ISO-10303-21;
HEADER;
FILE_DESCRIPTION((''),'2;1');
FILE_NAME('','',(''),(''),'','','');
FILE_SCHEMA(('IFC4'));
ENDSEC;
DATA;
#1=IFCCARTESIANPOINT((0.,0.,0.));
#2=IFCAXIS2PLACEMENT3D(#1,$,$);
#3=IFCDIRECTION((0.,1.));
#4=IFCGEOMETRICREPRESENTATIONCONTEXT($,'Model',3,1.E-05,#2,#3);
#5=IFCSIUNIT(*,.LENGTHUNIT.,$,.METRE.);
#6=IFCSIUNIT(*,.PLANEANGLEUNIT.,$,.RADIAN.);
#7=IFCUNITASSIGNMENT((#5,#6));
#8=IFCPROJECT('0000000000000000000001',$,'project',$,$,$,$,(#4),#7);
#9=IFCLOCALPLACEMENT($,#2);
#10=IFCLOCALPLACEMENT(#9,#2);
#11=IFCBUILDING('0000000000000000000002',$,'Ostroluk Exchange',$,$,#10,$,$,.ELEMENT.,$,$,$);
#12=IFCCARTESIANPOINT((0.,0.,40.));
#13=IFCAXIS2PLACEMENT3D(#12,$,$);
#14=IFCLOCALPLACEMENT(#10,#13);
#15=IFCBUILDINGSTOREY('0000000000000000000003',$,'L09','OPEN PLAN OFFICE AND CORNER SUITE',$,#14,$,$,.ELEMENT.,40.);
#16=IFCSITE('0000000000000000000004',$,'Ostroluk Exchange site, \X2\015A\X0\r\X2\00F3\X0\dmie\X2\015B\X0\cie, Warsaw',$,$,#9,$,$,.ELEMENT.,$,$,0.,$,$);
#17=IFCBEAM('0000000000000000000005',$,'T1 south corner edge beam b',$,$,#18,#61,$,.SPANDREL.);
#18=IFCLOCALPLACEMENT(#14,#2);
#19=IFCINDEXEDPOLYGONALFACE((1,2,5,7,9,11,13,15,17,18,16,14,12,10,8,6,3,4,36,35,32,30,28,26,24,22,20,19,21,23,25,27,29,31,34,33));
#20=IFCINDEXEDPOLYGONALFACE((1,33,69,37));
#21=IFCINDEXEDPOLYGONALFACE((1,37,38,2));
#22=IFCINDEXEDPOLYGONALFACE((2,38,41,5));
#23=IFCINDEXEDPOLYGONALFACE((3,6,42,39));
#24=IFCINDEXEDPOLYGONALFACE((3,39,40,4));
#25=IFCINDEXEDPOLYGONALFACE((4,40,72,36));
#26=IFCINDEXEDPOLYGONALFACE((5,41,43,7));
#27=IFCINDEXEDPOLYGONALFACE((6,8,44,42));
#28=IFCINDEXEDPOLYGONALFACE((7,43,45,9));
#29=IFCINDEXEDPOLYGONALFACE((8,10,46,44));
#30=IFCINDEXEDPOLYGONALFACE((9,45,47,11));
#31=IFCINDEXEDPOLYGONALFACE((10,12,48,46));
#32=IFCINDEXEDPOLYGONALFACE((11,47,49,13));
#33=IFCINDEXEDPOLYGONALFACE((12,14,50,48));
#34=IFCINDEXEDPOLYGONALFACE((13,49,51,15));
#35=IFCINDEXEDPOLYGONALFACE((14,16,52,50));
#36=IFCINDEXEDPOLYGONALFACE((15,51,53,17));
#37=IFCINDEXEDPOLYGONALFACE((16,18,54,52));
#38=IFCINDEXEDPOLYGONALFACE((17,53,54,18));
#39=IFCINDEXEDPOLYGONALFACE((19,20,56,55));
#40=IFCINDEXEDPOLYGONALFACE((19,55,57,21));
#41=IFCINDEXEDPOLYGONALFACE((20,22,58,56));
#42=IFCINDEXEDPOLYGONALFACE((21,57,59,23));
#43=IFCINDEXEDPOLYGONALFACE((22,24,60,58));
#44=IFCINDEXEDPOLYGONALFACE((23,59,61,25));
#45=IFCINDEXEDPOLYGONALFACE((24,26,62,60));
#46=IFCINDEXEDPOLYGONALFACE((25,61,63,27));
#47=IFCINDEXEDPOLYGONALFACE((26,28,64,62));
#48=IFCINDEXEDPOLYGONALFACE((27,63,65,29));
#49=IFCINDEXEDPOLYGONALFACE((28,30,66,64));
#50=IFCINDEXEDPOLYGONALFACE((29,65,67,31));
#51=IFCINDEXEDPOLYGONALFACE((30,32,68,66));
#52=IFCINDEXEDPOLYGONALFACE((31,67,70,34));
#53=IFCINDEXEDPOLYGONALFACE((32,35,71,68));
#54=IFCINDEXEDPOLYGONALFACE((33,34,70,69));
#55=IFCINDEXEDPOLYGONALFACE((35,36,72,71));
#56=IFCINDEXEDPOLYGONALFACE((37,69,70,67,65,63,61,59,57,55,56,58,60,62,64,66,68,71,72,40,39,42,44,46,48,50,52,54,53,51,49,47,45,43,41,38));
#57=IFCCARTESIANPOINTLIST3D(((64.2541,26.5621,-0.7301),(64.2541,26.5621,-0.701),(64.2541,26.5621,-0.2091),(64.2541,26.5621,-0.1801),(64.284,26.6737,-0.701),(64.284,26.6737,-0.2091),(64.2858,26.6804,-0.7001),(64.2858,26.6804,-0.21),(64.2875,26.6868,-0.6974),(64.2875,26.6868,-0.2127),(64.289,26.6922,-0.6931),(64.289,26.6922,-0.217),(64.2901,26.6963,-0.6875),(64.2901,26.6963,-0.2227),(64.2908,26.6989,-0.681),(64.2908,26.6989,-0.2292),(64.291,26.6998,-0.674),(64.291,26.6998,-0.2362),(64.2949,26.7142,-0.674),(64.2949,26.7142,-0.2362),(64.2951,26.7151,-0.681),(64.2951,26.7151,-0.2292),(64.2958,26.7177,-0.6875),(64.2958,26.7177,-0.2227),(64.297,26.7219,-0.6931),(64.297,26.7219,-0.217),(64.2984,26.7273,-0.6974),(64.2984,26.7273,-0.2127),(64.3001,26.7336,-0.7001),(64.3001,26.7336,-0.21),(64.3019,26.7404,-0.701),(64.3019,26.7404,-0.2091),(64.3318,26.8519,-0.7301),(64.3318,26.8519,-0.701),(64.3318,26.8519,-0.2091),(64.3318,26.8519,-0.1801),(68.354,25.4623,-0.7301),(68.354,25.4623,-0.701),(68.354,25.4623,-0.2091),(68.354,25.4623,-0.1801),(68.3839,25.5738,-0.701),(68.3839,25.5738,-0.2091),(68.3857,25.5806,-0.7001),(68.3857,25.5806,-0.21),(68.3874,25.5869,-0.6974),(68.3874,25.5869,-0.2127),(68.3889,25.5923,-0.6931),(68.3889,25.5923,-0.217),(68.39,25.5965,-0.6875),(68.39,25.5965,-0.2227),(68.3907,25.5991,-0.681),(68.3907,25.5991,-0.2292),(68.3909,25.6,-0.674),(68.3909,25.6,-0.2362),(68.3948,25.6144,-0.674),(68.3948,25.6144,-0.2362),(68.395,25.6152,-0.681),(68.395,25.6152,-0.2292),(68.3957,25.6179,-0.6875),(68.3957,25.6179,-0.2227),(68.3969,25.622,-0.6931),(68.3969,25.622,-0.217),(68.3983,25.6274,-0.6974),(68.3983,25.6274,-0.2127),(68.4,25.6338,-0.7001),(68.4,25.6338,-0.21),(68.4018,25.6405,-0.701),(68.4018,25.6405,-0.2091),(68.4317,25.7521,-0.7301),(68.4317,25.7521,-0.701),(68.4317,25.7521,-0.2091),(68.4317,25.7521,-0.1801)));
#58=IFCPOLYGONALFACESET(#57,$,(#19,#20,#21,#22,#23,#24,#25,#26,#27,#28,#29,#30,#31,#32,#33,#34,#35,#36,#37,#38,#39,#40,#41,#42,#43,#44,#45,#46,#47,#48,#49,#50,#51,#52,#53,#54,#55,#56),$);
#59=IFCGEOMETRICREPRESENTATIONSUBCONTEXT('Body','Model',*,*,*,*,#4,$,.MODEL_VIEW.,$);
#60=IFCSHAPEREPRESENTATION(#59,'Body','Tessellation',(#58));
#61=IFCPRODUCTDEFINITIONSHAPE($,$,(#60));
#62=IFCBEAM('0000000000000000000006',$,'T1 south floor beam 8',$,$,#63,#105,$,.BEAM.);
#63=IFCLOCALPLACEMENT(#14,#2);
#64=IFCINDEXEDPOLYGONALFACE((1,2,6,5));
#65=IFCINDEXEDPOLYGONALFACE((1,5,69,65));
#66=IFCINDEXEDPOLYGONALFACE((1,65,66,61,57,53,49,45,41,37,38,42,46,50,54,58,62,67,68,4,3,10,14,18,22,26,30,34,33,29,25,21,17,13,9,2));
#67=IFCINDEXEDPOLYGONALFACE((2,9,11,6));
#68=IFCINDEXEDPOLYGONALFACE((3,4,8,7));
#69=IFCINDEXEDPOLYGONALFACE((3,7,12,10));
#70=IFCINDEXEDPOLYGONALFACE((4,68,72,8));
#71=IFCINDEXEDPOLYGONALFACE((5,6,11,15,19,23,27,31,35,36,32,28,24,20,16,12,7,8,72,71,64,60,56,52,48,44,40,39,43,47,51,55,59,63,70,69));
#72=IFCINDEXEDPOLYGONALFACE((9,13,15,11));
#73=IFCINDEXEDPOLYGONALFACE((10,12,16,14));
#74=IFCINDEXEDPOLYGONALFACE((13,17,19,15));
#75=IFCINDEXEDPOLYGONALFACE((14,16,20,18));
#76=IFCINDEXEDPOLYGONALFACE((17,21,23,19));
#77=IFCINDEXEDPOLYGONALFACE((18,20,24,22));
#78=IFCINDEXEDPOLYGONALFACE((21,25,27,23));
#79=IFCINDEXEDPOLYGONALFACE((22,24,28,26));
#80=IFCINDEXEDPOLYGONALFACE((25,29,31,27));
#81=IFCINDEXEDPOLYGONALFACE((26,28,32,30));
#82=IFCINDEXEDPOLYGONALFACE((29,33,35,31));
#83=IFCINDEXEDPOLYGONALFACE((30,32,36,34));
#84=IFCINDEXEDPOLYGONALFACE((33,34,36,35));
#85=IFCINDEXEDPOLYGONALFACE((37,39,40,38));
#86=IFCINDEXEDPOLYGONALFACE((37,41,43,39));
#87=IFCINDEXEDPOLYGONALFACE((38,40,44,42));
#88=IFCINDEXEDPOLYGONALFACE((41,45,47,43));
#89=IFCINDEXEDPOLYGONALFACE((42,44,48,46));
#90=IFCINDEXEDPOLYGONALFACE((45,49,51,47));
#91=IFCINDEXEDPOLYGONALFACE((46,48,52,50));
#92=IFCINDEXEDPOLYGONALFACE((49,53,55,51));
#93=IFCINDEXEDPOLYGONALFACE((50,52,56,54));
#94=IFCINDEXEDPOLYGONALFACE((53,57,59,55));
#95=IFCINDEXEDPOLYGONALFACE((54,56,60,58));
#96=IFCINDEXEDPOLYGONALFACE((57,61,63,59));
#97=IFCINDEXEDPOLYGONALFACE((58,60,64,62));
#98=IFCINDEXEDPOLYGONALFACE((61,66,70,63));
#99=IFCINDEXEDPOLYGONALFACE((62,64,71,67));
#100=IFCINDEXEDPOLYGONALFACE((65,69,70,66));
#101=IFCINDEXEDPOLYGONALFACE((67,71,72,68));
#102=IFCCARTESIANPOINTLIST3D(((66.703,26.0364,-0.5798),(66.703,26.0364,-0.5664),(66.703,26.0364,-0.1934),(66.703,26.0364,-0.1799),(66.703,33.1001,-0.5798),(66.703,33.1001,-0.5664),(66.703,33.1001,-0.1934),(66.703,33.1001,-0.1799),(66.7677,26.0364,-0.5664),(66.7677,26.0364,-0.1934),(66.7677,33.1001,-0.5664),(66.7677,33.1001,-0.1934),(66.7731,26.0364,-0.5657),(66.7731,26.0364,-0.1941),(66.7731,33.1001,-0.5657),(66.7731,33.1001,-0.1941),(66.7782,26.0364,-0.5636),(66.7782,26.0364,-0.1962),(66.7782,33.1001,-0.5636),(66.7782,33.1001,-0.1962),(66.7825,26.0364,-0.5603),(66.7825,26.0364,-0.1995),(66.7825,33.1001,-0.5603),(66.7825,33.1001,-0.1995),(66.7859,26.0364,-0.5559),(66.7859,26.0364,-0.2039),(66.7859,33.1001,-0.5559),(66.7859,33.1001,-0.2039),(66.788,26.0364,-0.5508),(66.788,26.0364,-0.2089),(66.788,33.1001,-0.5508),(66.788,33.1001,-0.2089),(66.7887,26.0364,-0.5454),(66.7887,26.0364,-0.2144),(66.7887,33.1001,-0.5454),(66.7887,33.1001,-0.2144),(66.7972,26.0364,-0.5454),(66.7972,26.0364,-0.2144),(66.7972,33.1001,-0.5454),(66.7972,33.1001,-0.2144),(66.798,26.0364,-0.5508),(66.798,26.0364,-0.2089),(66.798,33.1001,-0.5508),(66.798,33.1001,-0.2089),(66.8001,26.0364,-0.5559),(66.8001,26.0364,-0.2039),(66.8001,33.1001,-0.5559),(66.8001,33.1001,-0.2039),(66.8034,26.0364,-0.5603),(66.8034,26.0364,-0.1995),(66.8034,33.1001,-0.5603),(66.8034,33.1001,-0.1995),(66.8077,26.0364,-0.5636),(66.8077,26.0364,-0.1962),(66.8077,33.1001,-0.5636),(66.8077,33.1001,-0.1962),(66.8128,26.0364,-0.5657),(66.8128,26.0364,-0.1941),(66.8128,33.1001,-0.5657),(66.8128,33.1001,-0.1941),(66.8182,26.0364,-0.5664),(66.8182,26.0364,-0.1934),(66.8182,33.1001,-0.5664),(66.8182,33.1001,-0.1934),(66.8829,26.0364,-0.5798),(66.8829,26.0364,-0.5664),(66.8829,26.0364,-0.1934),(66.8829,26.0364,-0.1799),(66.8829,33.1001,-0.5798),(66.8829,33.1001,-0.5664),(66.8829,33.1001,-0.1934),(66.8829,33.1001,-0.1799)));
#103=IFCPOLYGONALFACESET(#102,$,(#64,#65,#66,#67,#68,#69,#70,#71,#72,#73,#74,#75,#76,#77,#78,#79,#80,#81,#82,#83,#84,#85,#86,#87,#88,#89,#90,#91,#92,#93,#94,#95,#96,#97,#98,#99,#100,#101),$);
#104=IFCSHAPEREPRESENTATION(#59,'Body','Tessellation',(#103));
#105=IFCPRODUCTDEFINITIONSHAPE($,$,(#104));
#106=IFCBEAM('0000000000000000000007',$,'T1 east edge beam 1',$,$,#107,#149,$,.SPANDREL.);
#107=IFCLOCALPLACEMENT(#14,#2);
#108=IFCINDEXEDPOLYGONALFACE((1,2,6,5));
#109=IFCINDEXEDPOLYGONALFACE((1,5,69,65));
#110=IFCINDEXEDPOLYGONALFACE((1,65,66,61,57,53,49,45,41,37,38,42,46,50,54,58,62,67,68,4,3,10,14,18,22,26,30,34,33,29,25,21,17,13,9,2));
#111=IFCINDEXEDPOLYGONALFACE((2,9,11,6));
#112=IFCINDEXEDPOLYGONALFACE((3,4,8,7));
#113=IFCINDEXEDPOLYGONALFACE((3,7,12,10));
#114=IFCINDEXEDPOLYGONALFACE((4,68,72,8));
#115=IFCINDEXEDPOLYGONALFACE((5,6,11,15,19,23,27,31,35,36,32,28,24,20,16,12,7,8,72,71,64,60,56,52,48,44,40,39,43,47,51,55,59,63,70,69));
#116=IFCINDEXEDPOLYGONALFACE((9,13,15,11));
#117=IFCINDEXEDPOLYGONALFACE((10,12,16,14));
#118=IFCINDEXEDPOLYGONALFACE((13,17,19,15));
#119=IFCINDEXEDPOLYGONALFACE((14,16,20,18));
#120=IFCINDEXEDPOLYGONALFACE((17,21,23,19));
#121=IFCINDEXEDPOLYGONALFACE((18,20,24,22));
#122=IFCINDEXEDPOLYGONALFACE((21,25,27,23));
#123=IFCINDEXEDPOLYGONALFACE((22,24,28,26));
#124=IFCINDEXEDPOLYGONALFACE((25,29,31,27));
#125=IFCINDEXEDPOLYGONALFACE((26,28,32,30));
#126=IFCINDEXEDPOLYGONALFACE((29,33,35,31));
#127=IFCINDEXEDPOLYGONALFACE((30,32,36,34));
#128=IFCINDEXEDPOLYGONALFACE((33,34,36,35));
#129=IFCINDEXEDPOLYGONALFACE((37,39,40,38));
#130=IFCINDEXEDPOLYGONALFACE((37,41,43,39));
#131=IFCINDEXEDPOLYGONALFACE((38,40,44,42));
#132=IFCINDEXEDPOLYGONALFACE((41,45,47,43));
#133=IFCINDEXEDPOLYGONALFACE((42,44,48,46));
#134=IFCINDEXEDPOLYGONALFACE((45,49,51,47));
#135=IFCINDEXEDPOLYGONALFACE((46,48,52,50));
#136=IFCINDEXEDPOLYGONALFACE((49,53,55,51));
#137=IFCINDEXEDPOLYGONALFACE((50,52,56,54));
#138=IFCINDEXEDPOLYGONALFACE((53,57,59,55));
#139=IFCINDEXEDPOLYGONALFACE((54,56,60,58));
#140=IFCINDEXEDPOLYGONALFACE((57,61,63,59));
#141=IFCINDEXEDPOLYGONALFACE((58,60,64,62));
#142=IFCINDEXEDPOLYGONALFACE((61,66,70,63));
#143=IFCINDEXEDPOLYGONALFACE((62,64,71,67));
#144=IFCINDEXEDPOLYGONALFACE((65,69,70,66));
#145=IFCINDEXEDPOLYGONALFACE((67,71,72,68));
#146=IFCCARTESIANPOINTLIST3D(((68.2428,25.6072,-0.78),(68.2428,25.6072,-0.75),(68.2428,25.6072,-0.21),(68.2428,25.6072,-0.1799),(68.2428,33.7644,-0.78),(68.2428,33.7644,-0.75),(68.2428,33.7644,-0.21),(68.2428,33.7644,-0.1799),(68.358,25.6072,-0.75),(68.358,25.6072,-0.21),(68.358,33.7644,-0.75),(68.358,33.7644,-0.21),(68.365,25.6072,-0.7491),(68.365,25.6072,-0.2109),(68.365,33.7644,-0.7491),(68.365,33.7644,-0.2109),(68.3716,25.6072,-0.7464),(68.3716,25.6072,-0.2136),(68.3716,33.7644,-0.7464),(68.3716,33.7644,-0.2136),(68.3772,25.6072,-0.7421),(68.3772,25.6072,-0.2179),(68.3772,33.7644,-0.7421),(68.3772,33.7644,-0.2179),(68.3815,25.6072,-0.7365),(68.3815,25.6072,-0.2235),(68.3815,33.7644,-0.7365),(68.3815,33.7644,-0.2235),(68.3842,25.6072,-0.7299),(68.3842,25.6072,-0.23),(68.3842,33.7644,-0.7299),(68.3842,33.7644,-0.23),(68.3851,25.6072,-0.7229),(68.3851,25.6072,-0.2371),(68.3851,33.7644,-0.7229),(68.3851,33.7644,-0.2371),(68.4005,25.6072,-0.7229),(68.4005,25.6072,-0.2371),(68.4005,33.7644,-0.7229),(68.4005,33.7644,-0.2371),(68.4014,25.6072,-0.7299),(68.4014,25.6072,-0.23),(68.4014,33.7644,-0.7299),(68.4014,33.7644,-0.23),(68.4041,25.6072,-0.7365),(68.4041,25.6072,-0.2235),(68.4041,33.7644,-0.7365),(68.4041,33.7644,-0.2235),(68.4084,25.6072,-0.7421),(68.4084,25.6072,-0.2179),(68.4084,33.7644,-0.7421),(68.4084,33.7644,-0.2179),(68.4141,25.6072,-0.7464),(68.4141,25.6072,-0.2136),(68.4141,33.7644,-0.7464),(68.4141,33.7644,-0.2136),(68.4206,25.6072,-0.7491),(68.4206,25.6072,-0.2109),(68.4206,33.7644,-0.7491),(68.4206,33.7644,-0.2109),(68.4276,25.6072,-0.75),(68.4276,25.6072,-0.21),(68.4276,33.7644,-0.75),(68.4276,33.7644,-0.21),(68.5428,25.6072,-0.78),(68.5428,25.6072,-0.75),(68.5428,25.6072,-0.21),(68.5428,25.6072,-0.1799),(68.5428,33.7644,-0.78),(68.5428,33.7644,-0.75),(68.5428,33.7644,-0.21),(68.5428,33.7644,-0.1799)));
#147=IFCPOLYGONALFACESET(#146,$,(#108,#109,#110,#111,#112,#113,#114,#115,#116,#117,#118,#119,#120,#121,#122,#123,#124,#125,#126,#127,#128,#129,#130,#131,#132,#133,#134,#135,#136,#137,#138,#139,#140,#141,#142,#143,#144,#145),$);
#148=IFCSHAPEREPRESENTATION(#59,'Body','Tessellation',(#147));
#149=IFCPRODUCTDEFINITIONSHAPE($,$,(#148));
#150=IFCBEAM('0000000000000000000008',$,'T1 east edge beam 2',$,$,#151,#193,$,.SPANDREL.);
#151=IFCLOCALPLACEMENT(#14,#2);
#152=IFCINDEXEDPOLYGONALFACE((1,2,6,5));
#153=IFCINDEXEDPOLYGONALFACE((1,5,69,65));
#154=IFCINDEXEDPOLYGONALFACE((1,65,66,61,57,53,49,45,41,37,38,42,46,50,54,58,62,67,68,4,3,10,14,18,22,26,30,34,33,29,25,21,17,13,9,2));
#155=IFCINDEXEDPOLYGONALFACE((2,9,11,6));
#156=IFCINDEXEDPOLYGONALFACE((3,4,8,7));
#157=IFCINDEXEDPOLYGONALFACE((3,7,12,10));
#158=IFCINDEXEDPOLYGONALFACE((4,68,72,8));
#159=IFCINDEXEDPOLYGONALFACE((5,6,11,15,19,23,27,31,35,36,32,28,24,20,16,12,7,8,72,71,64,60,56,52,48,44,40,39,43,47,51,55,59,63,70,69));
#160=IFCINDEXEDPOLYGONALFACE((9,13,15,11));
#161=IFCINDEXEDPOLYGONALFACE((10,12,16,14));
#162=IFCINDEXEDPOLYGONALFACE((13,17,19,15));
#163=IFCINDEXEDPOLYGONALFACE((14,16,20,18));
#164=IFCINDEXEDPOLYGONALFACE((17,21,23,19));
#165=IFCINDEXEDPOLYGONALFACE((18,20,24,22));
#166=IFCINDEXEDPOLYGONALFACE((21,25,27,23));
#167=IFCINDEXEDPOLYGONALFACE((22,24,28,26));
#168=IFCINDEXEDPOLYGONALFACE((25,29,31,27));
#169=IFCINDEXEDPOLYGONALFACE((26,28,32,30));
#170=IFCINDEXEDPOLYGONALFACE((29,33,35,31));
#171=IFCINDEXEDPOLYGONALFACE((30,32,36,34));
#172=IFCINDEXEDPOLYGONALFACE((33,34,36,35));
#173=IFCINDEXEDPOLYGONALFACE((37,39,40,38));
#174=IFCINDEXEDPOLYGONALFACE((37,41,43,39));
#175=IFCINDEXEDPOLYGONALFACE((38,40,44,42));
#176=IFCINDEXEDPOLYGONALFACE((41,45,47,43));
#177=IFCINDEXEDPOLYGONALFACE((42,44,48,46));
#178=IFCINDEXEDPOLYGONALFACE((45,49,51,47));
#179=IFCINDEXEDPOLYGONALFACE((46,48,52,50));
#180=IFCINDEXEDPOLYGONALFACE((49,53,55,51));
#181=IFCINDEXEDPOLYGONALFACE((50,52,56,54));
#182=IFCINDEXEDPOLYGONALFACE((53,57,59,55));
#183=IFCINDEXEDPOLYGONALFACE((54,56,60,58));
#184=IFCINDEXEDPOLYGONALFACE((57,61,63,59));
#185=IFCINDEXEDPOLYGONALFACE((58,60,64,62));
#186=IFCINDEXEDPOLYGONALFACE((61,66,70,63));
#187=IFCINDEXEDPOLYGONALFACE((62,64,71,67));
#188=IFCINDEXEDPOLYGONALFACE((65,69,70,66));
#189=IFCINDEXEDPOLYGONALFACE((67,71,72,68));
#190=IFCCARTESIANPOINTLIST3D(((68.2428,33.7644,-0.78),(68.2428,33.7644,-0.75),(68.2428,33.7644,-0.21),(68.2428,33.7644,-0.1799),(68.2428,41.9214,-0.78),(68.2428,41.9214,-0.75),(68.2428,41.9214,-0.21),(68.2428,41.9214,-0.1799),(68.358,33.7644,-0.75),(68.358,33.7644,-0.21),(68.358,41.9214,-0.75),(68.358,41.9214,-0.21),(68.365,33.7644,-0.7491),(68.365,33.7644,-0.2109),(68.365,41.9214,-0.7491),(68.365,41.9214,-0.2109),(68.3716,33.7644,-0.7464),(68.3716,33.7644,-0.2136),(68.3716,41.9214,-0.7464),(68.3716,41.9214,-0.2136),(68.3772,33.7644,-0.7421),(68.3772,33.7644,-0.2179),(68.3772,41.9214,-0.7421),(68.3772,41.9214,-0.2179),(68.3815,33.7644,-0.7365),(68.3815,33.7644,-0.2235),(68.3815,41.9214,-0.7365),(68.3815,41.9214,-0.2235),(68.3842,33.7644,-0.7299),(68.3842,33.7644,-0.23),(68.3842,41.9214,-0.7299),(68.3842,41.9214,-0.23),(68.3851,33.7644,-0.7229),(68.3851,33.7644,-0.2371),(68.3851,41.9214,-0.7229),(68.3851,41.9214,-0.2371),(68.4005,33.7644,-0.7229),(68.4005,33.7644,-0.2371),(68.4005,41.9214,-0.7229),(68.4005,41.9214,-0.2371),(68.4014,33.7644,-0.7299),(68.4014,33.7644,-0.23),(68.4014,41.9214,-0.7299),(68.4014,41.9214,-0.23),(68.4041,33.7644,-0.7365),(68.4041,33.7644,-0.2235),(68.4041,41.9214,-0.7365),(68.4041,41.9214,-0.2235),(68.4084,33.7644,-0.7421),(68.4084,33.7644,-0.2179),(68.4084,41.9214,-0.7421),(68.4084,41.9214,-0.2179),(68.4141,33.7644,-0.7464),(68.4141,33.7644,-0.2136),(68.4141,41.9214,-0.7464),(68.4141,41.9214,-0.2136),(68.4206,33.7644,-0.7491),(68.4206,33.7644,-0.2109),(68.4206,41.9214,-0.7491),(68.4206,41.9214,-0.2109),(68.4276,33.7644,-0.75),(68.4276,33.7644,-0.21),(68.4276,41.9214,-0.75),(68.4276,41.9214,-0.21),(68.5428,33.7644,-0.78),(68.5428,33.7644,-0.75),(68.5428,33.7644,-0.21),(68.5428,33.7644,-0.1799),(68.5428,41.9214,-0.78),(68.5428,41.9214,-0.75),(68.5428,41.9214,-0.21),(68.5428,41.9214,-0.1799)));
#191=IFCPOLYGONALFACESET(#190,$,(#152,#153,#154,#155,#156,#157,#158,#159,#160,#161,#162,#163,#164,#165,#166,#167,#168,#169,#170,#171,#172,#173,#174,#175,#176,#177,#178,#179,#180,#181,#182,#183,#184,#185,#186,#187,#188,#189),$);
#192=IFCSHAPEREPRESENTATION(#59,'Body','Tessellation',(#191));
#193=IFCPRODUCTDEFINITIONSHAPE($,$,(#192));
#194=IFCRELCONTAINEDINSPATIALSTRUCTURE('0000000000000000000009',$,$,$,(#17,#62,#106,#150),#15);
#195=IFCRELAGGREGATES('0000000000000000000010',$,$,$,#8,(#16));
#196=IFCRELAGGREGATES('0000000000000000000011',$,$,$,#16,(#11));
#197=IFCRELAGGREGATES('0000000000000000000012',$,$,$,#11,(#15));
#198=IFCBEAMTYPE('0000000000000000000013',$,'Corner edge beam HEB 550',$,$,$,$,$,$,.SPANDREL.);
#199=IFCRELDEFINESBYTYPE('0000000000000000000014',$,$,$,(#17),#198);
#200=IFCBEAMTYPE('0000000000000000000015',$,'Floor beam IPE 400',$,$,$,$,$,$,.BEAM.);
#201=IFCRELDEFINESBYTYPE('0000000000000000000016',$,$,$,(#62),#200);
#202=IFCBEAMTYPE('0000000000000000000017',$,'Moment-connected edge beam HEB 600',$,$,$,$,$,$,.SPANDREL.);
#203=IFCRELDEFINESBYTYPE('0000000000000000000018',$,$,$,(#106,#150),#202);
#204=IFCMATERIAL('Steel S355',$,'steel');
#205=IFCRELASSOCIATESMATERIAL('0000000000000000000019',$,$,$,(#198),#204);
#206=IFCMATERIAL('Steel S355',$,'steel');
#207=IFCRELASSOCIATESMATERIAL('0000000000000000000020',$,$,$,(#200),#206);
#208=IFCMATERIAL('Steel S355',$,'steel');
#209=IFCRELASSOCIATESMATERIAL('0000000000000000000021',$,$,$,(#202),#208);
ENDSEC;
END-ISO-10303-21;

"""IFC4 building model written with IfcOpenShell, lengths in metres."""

from ifc_helpers import new_model, si_unit, direction, frame, origin, origin_2d, place, context, subcontext, project, spatial, i_section, extrude, material, material_profile, profile_set, type_object, element, save


model = new_model("IFC4")

# Units and contexts
model_context = context("Model", 3, precision=1e-05, world=origin(), true_north=direction((0.0, 1.0)))
body_context = subcontext(model_context, "Body", "Model", "MODEL_VIEW")
ifc_project = project(units=[si_unit("LENGTHUNIT", "METRE"), si_unit("PLANEANGLEUNIT", "RADIAN")], contexts=[model_context])

# Site, building, storey
site_placement = place(None, origin())
site = spatial("IfcSite", under=ifc_project, at=site_placement, Name="Ostroluk Exchange site, Śródmieście, Warsaw", CompositionType="ELEMENT", RefElevation=0.0)
building_placement = place(site_placement, origin())
building = spatial("IfcBuilding", under=site, at=building_placement, Name="Ostroluk Exchange", CompositionType="ELEMENT")
storey_placement = place(building_placement, frame((0.0, 0.0, 40.0)))
storey = spatial("IfcBuildingStorey", under=building, at=storey_placement, Name="L09", Description="OPEN PLAN OFFICE AND CORNER SUITE", CompositionType="ELEMENT", Elevation=40.0)

# Beams
ifc_material_1 = material(Name="Steel S355", Category="steel")
ifc_material_profile_1 = material_profile(ifc_material_1, i_section(OverallWidth=0.3, OverallDepth=0.55, WebThickness=0.0149, FlangeThickness=0.0291, FilletRadius=0.0271, at=origin_2d()), Name="HEB 550")
ifc_profile_set_1 = profile_set([ifc_material_profile_1], Name="Steel S355")
beam_type_1 = type_object("IfcBeamType", Name="Corner edge beam HEB 550", PredefinedType="SPANDREL", material=ifc_profile_set_1)
for number, where, z_axis, x_axis, name in (
    (1, (64.293, 26.707, -0.4551), (0.965849, -0.259105, 0.0), (0.259105, 0.965849, 0.0), "T1 south corner edge beam b"),
):
    element("IfcBeam", number, at=place(storey_placement, frame(where, z_axis=z_axis, x_axis=x_axis)), inside=storey, type_object=beam_type_1, Name=name, PredefinedType="SPANDREL", context=body_context, shape_type="SweptSolid", body=[
        extrude(i_section(OverallWidth=0.3, OverallDepth=0.55, WebThickness=0.0149, FlangeThickness=0.0291, FilletRadius=0.0271, at=origin_2d()), origin(), (0.0, 0.0, 1.0), 4.2449),
    ])
ifc_material_2 = material(Name="Steel S355", Category="steel")
ifc_material_profile_2 = material_profile(ifc_material_2, i_section(OverallWidth=0.1799, OverallDepth=0.3999, WebThickness=0.0085, FlangeThickness=0.0134, FilletRadius=0.021, at=origin_2d()), Name="IPE 400")
ifc_profile_set_2 = profile_set([ifc_material_profile_2], Name="Steel S355")
beam_type_2 = type_object("IfcBeamType", Name="Floor beam IPE 400", PredefinedType="BEAM", material=ifc_profile_set_2)
beam_1_placement = place(storey_placement, frame((66.793, 33.1001, -0.3799), z_axis=(0.0, -1.0, 0.0), x_axis=(1.0, 0.0, 0.0)))
element("IfcBeam", 2, at=beam_1_placement, inside=storey, type_object=beam_type_2, Name="T1 south floor beam 8", PredefinedType="BEAM", context=body_context, shape_type="SweptSolid", body=[
    extrude(i_section(OverallWidth=0.1799, OverallDepth=0.3999, WebThickness=0.0085, FlangeThickness=0.0134, FilletRadius=0.021, at=origin_2d()), origin(), (0.0, 0.0, 1.0), 7.0637),
])
ifc_material_3 = material(Name="Steel S355", Category="steel")
ifc_material_profile_3 = material_profile(ifc_material_3, i_section(OverallWidth=0.3, OverallDepth=0.6001, WebThickness=0.0154, FlangeThickness=0.03, FilletRadius=0.0271, at=origin_2d()), Name="HEB 600")
ifc_profile_set_3 = profile_set([ifc_material_profile_3], Name="Steel S355")
beam_type_3 = type_object("IfcBeamType", Name="Moment-connected edge beam HEB 600", PredefinedType="SPANDREL", material=ifc_profile_set_3)
beam_2_placement = place(storey_placement, frame((68.3928, 25.6072, -0.48), z_axis=(0.0, 1.0, 0.0), x_axis=(-1.0, 0.0, 0.0)))
element("IfcBeam", 3, at=beam_2_placement, inside=storey, type_object=beam_type_3, Name="T1 east edge beam 1", PredefinedType="SPANDREL", context=body_context, shape_type="SweptSolid", body=[
    extrude(i_section(OverallWidth=0.3, OverallDepth=0.6001, WebThickness=0.0154, FlangeThickness=0.03, FilletRadius=0.0271, at=origin_2d()), origin(), (0.0, 0.0, 1.0), 8.1572),
])
beam_3_placement = place(storey_placement, frame((68.3928, 33.7644, -0.48), z_axis=(0.0, 1.0, 0.0), x_axis=(-1.0, 0.0, 0.0)))
element("IfcBeam", 4, at=beam_3_placement, inside=storey, type_object=beam_type_3, Name="T1 east edge beam 2", PredefinedType="SPANDREL", context=body_context, shape_type="SweptSolid", body=[
    extrude(i_section(OverallWidth=0.3, OverallDepth=0.6001, WebThickness=0.0154, FlangeThickness=0.03, FilletRadius=0.0271, at=origin_2d()), origin(), (0.0, 0.0, 1.0), 8.157),
])

save(model, "model.ifc")
